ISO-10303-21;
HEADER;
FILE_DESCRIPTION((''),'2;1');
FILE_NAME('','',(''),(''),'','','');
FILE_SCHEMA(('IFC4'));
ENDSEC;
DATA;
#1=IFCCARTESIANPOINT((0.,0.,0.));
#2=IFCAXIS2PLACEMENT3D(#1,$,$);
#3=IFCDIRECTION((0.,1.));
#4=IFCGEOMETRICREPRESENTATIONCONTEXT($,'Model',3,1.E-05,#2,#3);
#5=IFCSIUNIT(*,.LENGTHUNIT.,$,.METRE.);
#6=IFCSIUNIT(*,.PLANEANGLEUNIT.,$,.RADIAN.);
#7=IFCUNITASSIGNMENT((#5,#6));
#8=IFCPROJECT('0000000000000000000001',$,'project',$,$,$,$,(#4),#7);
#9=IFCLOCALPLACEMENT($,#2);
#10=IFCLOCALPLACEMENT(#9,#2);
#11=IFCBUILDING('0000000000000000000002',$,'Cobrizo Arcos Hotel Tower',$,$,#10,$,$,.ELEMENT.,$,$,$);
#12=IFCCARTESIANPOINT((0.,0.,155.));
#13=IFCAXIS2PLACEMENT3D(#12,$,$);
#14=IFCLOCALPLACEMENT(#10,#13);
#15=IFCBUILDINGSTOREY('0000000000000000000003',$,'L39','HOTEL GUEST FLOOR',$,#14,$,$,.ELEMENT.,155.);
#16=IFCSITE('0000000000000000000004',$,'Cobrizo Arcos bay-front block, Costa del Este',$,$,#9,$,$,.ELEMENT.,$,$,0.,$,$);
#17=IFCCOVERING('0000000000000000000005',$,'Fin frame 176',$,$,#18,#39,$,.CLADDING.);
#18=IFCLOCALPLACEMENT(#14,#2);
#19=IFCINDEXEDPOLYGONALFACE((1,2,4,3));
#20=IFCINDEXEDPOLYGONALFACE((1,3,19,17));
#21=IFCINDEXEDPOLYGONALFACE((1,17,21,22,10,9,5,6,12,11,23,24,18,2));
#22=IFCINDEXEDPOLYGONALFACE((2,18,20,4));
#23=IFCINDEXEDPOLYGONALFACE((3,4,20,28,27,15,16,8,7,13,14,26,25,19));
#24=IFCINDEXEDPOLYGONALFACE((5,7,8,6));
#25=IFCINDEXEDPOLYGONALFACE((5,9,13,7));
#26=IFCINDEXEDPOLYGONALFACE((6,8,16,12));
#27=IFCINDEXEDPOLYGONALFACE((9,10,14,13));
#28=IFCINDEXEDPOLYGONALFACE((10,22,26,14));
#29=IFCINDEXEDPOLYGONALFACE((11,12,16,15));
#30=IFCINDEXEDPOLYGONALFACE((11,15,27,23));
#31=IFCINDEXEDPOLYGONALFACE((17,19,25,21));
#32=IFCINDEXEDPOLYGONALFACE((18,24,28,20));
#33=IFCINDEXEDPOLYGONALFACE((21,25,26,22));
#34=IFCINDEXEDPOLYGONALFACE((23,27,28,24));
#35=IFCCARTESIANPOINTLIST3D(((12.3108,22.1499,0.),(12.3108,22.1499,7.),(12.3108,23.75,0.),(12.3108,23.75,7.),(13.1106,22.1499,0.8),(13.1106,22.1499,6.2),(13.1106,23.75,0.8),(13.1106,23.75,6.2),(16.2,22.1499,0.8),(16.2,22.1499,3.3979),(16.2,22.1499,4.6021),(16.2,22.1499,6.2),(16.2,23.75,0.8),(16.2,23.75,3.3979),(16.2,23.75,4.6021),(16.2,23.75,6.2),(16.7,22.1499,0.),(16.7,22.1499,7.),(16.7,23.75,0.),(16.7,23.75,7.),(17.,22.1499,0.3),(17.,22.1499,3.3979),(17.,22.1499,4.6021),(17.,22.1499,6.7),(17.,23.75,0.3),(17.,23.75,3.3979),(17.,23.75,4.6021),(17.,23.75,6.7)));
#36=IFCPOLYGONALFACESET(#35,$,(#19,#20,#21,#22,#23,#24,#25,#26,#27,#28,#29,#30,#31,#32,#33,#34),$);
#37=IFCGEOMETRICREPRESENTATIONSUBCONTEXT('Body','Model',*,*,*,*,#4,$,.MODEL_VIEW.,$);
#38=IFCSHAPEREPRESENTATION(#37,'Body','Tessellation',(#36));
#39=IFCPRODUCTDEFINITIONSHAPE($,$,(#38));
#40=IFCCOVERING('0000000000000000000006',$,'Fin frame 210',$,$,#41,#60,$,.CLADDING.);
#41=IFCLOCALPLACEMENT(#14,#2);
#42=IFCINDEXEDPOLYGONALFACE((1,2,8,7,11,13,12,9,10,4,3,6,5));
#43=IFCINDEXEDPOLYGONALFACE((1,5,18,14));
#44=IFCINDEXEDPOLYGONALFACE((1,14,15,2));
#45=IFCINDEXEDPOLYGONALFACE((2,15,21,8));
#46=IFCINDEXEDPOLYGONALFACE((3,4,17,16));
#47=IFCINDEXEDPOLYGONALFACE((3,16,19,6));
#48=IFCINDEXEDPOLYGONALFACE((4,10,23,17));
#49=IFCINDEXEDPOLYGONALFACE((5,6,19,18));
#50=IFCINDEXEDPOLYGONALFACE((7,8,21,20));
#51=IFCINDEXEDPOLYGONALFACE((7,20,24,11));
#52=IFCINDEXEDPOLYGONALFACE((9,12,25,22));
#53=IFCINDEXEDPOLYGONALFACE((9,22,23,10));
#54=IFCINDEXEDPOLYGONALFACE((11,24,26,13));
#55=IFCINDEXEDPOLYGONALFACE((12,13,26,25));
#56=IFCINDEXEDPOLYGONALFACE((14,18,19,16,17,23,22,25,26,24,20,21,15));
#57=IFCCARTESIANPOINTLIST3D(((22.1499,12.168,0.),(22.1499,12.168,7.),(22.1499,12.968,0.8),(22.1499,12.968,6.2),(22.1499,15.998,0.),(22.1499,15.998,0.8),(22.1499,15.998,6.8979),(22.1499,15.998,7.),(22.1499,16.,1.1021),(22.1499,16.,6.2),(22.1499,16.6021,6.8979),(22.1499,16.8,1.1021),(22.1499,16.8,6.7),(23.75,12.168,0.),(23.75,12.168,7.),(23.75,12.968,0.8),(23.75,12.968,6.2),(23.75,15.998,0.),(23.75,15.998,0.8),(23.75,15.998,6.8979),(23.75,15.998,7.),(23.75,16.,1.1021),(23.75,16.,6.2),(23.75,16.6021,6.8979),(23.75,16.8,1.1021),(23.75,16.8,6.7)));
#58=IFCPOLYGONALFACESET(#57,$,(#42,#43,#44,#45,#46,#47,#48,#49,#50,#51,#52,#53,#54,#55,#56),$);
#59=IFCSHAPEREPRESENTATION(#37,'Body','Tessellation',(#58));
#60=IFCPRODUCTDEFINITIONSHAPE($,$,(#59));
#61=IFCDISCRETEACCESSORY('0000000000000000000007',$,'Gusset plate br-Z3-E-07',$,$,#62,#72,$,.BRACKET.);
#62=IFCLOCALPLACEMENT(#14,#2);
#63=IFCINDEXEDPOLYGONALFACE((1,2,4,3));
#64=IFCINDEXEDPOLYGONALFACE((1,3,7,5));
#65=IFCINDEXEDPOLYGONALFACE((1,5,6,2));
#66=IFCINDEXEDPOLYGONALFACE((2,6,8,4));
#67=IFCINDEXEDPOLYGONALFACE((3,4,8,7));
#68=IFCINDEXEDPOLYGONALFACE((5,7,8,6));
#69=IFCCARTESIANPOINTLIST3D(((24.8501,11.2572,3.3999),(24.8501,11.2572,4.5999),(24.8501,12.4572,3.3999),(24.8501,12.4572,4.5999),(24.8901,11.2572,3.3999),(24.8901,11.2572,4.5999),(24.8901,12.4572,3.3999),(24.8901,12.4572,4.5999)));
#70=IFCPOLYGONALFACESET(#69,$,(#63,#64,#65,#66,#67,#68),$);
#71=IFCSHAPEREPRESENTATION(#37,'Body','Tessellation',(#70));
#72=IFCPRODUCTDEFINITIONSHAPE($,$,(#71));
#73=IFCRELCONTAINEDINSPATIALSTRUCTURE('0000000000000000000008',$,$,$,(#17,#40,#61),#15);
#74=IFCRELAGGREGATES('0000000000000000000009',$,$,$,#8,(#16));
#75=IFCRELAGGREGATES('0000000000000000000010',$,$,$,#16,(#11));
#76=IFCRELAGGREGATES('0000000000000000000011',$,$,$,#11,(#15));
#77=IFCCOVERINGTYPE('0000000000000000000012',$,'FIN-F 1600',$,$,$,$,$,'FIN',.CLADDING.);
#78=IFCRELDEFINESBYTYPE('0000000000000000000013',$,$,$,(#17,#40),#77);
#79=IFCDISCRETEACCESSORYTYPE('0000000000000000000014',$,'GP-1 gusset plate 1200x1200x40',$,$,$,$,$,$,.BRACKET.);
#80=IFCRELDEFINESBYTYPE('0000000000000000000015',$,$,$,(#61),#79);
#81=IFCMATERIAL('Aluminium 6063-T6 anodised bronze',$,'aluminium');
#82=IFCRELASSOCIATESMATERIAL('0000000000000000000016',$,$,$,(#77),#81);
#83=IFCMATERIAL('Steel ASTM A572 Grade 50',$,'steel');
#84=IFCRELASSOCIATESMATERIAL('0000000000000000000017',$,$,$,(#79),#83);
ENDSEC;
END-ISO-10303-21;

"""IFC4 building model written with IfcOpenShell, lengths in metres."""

from ifc_helpers import new_model, si_unit, direction, frame, origin, origin_2d, place, context, subcontext, project, spatial, polyline, rectangle, outline, extrude, material, type_object, element, save


model = new_model("IFC4")

# Units and contexts
model_context = context("Model", 3, precision=1e-05, world=origin(), true_north=direction((0.0, 1.0)))
body_context = subcontext(model_context, "Body", "Model", "MODEL_VIEW")
ifc_project = project(units=[si_unit("LENGTHUNIT", "METRE"), si_unit("PLANEANGLEUNIT", "RADIAN")], contexts=[model_context])

# Site, building, storey
site_placement = place(None, origin())
site = spatial("IfcSite", under=ifc_project, at=site_placement, Name="Cobrizo Arcos bay-front block, Costa del Este", CompositionType="ELEMENT", RefElevation=0.0)
building_placement = place(site_placement, origin())
building = spatial("IfcBuilding", under=site, at=building_placement, Name="Cobrizo Arcos Hotel Tower", CompositionType="ELEMENT")
storey_placement = place(building_placement, frame((0.0, 0.0, 155.0)))
storey = spatial("IfcBuildingStorey", under=building, at=storey_placement, Name="L39", Description="HOTEL GUEST FLOOR", CompositionType="ELEMENT", Elevation=155.0)

# Shared definitions
ifc_material_1 = material(Name="Steel ASTM A572 Grade 50", Category="steel")

# Shared definitions
ifc_material_2 = material(Name="Aluminium 6063-T6 anodised bronze", Category="aluminium")

# Coverings
covering_type = type_object("IfcCoveringType", Name="FIN-F 1600", ElementType="FIN", PredefinedType="CLADDING", material=ifc_material_2)
covering_1_placement = place(storey_placement, frame((17.0, 22.1499, 0.0), z_axis=(0.0, 1.0, 0.0), x_axis=(-1.0, 0.0, 0.0)))
element("IfcCovering", 1, at=covering_1_placement, inside=storey, type_object=covering_type, Name="Fin frame 176", PredefinedType="CLADDING", context=body_context, shape_type="SweptSolid", body=[
    extrude(outline(polyline([(0.0, 6.7), (0.0, 4.6021), (0.8, 4.6021), (0.8, 6.2), (3.8894, 6.2), (3.8894, 0.8), (0.8, 0.8), (0.8, 3.3979), (0.0, 3.3979), (0.0, 0.3), (0.3, 0.0), (4.6892, 0.0), (4.6892, 7.0), (0.3, 7.0), (0.0, 6.7)])), origin(), (0.0, 0.0, 1.0), 1.6001),
])
covering_2_placement = place(storey_placement, frame((22.1499, 12.168, 0.0), z_axis=(1.0, 0.0, 0.0), x_axis=(0.0, 1.0, 0.0)))
element("IfcCovering", 2, at=covering_2_placement, inside=storey, type_object=covering_type, Name="Fin frame 210", PredefinedType="CLADDING", context=body_context, shape_type="SweptSolid", body=[
    extrude(outline(polyline([(0.0, 0.0), (3.8301, 0.0), (3.8301, 0.8), (0.8, 0.8), (0.8, 6.2), (3.832, 6.2), (3.832, 1.1021), (4.6321, 1.1021), (4.6321, 6.7), (4.4341, 6.8979), (3.8301, 6.8979), (3.8301, 7.0), (0.0, 7.0), (0.0, 0.0)])), origin(), (0.0, 0.0, 1.0), 1.6001),
])

# Discrete accessory
discrete_accessory_type = type_object("IfcDiscreteAccessoryType", Name="GP-1 gusset plate 1200x1200x40", PredefinedType="BRACKET", material=ifc_material_1)
discrete_accessory_placement = place(storey_placement, frame((24.8701, 11.8572, 3.3999), z_axis=(0.0, 0.0, 1.0), x_axis=(1.0, 0.0, 0.0)))
element("IfcDiscreteAccessory", 3, at=discrete_accessory_placement, inside=storey, type_object=discrete_accessory_type, Name="Gusset plate br-Z3-E-07", PredefinedType="BRACKET", context=body_context, shape_type="SweptSolid", body=[
    extrude(rectangle(XDim=0.04, YDim=1.2, at=origin_2d()), origin(), (0.0, 0.0, 1.0), 1.2),
])

save(model, "model.ifc")
